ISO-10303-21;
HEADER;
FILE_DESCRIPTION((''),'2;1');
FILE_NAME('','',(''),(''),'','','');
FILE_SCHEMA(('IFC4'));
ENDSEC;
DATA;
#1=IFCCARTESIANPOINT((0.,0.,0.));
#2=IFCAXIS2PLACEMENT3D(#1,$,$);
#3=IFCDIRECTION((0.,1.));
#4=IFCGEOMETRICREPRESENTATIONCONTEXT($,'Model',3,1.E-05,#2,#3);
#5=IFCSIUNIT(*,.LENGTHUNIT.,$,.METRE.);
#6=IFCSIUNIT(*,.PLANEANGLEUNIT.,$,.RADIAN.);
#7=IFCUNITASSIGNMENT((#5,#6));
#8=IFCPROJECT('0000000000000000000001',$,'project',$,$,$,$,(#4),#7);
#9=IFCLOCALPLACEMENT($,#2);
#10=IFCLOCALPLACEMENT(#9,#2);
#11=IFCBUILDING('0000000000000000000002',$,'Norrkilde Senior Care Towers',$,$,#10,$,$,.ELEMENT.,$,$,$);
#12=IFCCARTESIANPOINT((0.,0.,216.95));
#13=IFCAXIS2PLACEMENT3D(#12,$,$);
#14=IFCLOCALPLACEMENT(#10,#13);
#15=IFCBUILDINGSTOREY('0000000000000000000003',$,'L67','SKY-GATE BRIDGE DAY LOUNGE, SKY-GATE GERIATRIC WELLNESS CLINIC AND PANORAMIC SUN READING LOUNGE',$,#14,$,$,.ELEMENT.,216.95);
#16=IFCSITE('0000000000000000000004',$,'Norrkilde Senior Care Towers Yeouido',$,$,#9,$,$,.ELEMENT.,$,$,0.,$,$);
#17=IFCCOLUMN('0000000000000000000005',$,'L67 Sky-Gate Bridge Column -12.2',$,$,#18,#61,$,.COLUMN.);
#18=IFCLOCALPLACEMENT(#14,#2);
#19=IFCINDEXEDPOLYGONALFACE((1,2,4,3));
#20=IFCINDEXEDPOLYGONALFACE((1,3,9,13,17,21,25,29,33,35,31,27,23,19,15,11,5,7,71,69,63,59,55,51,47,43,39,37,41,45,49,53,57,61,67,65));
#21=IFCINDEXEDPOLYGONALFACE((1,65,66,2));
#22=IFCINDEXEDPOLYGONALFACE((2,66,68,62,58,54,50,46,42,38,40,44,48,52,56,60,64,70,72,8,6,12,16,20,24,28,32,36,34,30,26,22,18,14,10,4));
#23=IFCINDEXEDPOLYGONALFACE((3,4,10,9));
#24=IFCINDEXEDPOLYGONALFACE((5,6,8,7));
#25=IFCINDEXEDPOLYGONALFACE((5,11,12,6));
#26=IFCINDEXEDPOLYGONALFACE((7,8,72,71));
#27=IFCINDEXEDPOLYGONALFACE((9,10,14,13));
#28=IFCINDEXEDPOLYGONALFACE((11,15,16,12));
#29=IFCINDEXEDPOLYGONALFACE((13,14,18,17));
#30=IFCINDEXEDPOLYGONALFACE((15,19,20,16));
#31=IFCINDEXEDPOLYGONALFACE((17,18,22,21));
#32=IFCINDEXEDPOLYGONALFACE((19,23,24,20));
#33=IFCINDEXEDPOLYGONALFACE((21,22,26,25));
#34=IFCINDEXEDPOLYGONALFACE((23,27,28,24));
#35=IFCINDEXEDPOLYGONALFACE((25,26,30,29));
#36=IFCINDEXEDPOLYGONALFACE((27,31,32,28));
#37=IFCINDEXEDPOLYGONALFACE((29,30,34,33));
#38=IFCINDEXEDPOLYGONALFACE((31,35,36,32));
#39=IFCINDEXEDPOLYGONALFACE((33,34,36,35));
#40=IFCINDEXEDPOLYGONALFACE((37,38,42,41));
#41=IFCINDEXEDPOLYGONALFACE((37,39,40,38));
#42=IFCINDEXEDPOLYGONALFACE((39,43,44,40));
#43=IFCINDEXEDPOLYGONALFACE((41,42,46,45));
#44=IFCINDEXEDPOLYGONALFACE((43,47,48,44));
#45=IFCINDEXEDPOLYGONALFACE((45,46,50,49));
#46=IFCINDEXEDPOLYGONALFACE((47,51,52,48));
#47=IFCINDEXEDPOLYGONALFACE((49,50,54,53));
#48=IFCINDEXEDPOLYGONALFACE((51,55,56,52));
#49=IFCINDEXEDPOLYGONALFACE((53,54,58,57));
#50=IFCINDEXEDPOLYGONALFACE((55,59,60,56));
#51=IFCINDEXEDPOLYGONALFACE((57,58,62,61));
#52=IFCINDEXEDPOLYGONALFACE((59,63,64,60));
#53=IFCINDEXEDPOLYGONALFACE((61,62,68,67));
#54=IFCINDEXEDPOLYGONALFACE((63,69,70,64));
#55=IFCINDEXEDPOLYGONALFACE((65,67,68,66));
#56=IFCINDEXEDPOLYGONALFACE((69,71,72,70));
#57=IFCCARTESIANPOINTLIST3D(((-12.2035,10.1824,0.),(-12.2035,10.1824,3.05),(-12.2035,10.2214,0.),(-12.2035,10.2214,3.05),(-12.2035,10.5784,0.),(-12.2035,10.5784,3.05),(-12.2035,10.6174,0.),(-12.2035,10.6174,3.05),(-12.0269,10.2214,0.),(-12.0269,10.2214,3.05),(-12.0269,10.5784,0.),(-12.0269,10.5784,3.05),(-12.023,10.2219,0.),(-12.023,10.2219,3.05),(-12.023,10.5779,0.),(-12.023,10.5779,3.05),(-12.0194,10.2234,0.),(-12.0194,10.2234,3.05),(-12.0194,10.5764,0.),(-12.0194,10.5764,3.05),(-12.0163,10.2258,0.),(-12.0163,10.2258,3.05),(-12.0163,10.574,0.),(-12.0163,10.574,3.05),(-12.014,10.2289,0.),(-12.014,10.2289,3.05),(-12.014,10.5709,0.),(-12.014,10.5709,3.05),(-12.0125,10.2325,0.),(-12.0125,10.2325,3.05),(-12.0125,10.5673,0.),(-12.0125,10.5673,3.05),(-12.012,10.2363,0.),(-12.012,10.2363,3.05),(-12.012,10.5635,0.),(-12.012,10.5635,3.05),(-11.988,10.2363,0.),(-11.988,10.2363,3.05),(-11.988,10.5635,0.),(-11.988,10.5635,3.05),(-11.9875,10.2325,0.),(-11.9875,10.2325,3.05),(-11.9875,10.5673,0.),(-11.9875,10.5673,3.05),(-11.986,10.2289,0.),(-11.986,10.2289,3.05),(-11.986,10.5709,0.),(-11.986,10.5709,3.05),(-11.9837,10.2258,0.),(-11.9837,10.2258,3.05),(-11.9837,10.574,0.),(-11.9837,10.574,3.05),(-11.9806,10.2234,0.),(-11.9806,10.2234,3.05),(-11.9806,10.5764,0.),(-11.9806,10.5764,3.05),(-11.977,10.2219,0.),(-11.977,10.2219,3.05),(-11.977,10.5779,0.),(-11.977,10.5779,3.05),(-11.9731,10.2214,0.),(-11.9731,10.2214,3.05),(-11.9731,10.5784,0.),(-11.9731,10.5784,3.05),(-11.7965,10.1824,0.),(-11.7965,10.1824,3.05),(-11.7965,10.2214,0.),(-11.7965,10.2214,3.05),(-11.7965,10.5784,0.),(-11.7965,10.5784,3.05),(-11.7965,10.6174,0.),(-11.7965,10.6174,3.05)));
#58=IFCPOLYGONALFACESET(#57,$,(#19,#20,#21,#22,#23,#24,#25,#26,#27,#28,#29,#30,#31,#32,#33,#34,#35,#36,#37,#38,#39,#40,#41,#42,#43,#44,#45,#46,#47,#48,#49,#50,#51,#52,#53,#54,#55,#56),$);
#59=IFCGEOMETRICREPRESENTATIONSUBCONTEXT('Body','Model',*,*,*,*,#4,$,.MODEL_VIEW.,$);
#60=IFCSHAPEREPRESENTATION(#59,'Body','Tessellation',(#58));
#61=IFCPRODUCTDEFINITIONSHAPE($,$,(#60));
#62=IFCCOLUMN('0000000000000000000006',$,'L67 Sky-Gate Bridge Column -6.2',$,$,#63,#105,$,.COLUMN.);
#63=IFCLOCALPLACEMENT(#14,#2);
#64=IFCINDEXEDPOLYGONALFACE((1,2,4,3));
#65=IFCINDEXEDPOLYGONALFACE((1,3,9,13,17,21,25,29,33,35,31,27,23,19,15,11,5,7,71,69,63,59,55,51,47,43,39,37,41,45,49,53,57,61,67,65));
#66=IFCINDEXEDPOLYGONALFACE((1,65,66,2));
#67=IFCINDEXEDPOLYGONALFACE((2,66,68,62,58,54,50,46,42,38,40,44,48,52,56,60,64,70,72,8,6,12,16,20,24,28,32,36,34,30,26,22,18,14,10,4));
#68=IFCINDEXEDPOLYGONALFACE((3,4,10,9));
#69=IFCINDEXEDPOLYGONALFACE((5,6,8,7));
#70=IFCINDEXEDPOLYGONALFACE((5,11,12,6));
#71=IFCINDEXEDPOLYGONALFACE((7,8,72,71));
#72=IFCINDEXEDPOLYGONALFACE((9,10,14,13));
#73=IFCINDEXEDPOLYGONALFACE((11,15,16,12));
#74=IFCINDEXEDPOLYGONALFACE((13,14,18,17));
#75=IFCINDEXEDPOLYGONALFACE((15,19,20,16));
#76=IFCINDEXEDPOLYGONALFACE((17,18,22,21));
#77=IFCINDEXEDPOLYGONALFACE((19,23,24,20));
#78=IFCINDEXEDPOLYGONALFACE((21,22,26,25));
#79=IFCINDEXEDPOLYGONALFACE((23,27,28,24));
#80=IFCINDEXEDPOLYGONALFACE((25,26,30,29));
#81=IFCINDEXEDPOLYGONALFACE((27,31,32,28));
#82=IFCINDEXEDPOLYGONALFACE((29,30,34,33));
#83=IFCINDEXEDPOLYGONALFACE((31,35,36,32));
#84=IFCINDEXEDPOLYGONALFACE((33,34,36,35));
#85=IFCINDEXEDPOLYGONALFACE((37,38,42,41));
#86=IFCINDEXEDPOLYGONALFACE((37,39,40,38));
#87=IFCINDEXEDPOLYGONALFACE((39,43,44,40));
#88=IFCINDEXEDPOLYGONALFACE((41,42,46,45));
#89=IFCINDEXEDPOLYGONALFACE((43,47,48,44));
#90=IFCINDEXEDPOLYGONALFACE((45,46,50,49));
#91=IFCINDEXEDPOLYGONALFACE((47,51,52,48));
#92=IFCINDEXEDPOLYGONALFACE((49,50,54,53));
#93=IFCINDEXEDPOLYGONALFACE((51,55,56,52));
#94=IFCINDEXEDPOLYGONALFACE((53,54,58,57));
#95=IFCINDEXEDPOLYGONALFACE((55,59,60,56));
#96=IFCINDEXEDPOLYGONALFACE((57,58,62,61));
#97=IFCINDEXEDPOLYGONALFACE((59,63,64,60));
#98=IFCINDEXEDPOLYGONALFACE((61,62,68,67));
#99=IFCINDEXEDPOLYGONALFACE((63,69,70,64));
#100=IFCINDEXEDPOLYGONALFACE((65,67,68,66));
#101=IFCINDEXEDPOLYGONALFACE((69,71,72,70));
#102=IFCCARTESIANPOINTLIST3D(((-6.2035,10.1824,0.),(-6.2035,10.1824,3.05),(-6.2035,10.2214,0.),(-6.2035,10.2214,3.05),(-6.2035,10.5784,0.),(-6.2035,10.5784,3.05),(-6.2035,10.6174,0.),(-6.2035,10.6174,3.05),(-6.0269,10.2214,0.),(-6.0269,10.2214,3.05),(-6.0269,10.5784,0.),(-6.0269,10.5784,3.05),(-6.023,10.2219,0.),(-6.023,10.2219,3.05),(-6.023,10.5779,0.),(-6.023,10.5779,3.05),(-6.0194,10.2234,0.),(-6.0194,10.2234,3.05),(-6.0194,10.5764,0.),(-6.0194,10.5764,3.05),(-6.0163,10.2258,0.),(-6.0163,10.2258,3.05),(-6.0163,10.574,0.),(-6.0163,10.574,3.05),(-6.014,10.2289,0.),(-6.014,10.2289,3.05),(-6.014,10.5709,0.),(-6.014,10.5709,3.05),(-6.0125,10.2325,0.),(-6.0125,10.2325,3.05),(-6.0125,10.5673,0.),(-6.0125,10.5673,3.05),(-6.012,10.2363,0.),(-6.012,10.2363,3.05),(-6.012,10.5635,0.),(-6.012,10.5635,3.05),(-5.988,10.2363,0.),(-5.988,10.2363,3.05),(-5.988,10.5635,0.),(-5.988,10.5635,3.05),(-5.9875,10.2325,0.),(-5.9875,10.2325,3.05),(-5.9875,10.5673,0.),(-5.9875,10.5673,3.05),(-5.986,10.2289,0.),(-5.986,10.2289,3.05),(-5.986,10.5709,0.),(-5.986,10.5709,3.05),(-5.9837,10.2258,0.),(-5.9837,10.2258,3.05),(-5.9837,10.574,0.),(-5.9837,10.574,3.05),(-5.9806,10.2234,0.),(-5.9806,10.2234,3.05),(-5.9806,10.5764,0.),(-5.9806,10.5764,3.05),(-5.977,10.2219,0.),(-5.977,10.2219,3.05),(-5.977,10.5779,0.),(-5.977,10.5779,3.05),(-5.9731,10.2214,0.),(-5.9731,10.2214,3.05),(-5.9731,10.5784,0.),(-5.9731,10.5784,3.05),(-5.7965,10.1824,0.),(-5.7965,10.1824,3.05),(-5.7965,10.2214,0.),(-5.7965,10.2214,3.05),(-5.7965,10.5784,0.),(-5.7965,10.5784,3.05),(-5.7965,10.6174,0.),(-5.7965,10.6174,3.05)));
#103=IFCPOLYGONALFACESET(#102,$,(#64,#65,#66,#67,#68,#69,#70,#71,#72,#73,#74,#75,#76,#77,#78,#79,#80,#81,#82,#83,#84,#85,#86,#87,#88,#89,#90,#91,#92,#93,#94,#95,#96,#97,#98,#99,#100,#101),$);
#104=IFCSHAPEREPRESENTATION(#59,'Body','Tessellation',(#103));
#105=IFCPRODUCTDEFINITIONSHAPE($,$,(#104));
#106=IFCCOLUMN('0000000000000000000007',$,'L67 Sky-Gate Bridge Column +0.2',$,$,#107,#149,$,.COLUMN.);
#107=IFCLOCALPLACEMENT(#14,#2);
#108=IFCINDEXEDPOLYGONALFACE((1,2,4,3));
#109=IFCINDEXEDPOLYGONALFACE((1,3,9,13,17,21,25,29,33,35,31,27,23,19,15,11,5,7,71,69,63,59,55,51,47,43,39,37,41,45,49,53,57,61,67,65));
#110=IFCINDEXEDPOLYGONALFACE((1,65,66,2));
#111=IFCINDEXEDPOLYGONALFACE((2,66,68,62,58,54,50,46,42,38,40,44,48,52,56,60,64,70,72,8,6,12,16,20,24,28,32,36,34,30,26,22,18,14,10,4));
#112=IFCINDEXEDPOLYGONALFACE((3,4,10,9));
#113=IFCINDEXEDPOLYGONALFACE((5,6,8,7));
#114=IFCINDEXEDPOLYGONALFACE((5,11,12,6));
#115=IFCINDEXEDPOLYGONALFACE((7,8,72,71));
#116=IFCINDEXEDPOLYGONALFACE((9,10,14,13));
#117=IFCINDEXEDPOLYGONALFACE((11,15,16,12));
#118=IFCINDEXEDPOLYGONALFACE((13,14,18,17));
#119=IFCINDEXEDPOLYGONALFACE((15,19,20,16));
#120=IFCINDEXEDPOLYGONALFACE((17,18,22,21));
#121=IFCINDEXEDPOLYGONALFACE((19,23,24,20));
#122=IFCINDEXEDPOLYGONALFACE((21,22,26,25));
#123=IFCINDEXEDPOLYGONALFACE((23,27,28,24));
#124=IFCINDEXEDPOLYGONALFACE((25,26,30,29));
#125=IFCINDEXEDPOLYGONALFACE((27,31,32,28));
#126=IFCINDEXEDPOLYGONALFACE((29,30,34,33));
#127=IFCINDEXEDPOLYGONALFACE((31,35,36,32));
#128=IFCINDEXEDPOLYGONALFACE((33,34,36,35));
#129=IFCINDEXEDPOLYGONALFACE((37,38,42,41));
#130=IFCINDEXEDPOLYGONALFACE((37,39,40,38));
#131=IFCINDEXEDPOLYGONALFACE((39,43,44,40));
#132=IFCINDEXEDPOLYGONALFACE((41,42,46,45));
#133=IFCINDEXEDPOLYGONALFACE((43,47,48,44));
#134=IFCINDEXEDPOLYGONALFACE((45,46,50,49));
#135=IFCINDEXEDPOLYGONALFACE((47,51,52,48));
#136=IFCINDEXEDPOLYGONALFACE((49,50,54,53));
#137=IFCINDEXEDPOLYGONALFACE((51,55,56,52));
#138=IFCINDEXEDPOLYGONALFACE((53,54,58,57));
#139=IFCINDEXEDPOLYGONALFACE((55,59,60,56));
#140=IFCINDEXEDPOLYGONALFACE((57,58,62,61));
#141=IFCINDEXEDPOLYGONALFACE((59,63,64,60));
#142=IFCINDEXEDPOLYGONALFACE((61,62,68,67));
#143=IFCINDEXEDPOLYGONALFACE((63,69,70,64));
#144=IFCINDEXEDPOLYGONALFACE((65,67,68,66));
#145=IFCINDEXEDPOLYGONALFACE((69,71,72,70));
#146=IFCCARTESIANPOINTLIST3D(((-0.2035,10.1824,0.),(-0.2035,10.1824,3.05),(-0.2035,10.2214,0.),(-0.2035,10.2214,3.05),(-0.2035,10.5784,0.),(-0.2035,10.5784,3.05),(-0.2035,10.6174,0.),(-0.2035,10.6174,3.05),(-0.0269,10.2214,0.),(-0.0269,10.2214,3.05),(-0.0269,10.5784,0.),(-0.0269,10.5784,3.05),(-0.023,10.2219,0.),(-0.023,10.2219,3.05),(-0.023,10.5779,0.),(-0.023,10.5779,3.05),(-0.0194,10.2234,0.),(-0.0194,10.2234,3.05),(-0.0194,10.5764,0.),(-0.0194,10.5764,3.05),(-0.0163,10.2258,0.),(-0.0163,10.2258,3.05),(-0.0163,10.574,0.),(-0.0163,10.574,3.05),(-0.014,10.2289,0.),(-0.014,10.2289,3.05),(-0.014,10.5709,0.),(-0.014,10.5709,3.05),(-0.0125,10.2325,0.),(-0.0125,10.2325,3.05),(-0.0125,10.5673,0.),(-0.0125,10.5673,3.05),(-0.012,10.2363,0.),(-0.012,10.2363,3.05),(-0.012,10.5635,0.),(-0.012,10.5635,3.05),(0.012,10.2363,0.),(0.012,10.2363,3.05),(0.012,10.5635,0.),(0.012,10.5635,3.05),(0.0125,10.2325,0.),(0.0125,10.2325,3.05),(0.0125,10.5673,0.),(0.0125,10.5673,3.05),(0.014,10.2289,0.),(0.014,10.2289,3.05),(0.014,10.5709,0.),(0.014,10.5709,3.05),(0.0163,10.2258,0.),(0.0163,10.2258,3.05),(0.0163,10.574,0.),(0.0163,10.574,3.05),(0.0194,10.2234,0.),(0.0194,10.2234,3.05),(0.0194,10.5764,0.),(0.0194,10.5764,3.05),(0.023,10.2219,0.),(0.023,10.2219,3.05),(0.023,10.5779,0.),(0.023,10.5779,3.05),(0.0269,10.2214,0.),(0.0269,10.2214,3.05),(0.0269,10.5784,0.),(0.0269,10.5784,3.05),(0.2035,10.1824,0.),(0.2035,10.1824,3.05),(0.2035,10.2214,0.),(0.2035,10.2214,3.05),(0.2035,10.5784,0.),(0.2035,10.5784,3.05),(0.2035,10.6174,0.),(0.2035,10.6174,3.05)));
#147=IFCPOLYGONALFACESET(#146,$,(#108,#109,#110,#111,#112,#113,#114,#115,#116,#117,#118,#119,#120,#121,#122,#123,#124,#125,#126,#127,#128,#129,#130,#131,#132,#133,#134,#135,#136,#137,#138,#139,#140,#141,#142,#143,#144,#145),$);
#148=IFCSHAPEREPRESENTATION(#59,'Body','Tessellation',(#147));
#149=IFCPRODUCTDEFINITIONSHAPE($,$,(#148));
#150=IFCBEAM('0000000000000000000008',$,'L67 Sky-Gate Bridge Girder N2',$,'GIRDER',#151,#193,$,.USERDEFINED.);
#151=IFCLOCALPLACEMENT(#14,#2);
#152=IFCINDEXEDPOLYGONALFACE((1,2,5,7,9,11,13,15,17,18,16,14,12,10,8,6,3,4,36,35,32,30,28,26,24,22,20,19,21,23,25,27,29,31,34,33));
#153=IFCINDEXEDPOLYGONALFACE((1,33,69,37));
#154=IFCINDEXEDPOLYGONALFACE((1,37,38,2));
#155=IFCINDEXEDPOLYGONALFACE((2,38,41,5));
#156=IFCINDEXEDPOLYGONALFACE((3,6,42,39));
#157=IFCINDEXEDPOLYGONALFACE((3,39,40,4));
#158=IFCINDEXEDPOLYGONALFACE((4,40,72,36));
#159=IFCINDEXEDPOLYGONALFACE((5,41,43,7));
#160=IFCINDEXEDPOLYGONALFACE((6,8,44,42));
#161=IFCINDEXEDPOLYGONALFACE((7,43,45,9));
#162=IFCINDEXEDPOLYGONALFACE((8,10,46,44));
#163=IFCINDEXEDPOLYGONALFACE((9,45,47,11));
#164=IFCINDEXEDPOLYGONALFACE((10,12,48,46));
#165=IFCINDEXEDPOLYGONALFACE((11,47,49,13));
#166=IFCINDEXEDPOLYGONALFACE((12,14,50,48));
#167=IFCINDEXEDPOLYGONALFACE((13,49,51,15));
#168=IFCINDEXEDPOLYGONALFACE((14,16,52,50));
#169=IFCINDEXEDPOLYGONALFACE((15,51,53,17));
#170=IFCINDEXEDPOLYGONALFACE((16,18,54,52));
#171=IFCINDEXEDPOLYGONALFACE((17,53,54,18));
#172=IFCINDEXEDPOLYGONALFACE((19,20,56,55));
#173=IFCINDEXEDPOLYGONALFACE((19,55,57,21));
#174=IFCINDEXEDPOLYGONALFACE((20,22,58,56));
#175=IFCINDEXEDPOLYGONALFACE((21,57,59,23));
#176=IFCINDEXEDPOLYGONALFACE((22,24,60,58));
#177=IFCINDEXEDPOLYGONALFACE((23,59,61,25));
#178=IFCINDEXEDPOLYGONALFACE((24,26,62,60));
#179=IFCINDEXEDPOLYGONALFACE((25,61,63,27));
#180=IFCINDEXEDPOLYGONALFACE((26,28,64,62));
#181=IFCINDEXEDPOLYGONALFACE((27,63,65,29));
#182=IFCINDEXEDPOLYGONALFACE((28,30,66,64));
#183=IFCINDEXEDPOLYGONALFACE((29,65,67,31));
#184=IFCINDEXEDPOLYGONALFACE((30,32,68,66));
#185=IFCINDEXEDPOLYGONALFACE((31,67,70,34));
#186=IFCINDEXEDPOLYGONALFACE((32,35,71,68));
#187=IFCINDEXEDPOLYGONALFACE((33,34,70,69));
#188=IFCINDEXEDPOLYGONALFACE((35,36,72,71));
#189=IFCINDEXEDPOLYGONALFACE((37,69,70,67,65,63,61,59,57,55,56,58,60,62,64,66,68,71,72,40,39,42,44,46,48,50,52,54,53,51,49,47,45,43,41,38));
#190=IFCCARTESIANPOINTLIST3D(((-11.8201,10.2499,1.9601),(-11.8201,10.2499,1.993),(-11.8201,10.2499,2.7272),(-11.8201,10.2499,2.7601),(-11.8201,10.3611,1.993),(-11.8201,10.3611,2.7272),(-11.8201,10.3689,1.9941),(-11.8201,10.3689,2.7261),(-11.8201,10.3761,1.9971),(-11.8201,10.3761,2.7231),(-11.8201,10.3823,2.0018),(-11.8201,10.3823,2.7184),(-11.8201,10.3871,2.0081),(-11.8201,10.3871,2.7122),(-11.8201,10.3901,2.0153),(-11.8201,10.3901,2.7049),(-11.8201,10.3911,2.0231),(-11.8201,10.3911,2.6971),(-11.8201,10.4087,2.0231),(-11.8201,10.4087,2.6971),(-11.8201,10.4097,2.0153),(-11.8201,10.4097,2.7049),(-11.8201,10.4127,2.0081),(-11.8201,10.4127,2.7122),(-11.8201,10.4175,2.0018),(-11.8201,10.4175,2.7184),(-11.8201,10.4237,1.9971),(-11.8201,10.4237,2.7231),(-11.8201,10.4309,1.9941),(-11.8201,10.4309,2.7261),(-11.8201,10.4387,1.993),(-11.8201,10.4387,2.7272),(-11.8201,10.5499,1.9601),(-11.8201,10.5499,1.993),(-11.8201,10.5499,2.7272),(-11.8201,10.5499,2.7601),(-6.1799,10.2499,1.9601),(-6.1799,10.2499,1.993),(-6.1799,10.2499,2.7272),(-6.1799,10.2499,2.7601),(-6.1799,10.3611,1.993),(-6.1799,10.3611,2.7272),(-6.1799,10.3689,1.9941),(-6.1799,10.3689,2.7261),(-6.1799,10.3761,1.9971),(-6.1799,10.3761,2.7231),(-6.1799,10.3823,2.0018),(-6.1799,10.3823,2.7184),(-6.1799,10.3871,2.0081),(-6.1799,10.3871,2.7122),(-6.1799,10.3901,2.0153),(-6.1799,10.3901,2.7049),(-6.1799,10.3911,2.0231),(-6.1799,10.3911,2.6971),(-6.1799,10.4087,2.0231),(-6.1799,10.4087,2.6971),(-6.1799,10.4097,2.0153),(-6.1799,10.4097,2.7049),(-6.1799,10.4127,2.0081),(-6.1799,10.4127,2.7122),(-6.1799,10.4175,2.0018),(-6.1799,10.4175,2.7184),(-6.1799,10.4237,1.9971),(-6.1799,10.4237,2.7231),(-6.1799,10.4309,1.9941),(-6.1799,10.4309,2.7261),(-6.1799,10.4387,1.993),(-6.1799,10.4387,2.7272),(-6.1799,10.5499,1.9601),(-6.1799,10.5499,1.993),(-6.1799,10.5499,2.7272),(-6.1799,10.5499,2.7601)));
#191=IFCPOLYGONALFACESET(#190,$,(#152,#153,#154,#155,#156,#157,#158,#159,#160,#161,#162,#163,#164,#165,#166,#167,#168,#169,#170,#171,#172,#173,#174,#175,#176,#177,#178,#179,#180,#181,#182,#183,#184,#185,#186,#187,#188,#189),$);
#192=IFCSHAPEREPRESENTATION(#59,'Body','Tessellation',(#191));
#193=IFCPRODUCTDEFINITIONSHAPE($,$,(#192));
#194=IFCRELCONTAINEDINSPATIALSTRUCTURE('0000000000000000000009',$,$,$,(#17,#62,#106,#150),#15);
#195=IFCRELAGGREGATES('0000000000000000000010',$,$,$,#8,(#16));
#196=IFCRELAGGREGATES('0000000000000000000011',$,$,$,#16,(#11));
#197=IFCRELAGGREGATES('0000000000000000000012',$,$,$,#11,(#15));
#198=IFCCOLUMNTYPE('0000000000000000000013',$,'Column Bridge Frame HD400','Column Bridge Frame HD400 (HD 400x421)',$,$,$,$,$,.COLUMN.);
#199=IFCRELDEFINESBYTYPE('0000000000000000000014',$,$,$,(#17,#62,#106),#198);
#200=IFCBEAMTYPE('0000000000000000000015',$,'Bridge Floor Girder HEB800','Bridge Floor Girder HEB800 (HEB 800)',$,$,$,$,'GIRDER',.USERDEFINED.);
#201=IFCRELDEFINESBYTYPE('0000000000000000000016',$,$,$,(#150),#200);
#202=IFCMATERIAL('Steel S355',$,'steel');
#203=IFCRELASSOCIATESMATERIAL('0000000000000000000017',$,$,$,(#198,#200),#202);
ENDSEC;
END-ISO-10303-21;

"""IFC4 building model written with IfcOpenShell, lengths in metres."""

from ifc_helpers import new_model, si_unit, direction, frame, origin, origin_2d, place, context, subcontext, project, spatial, i_section, extrude, source, transform, mapped, material, material_profile, profile_set, type_object, type_shapes, element, save


model = new_model("IFC4")

# Units and contexts
model_context = context("Model", 3, precision=1e-05, world=origin(), true_north=direction((0.0, 1.0)))
body_context = subcontext(model_context, "Body", "Model", "MODEL_VIEW")
ifc_project = project(units=[si_unit("LENGTHUNIT", "METRE"), si_unit("PLANEANGLEUNIT", "RADIAN")], contexts=[model_context])

# Site, building, storey
site_placement = place(None, origin())
site = spatial("IfcSite", under=ifc_project, at=site_placement, Name="Norrkilde Senior Care Towers Yeouido", CompositionType="ELEMENT", RefElevation=0.0)
building_placement = place(site_placement, origin())
building = spatial("IfcBuilding", under=site, at=building_placement, Name="Norrkilde Senior Care Towers", CompositionType="ELEMENT")
storey_placement = place(building_placement, frame((0.0, 0.0, 216.95)))
storey = spatial("IfcBuildingStorey", under=building, at=storey_placement, Name="L67", Description="SKY-GATE BRIDGE DAY LOUNGE, SKY-GATE GERIATRIC WELLNESS CLINIC AND PANORAMIC SUN READING LOUNGE", CompositionType="ELEMENT", Elevation=216.95)

# Columns
ifc_material_1 = material(Name="Steel S355", Category="steel")
ifc_material_profile_1 = material_profile(ifc_material_1, i_section(OverallWidth=0.407, OverallDepth=0.4351, WebThickness=0.0239, FlangeThickness=0.0391, FilletRadius=0.0149, at=origin_2d()), Name="HD 400x421")
ifc_profile_set_1 = profile_set([ifc_material_profile_1], Name="Steel S355")
column_type = type_object("IfcColumnType", Name="Column Bridge Frame HD400", Description="Column Bridge Frame HD400 (HD 400x421)", PredefinedType="COLUMN", material=ifc_profile_set_1)
shared_shape_1 = source(origin(), body_context, "Body", "SweptSolid", [
    extrude(i_section(OverallWidth=0.407, OverallDepth=0.4351, WebThickness=0.0239, FlangeThickness=0.0391, FilletRadius=0.0149, at=origin_2d()), origin(), (0.0, 0.0, 1.0), 3.05),
])
type_shapes(column_type, [shared_shape_1])
for number, where, z_axis, x_axis, name in (
    (1, (-12.0, 10.3999, 0.0), (0.0, 0.0, 1.0), (1.0, 0.0, 0.0), "L67 Sky-Gate Bridge Column -12.2"),
    (2, (-6.0, 10.3999, 0.0), (0.0, 0.0, 1.0), (1.0, 0.0, 0.0), "L67 Sky-Gate Bridge Column -6.2"),
    (3, (0.0, 10.3999, 0.0), (0.0, 0.0, 1.0), (1.0, 0.0, 0.0), "L67 Sky-Gate Bridge Column +0.2"),
):
    element("IfcColumn", number, at=place(storey_placement, frame(where, z_axis=z_axis, x_axis=x_axis)), inside=storey, type_object=column_type, Name=name, PredefinedType="COLUMN", context=body_context, shape_type="MappedRepresentation", body=[
        mapped(shared_shape_1, transform((0.0, 0.0, 0.0), x_axis=(1.0, 0.0, 0.0), y_axis=(0.0, 1.0, 0.0), z_axis=(0.0, 0.0, 1.0), scale=1.0)),
    ])

# Beam
ifc_material_profile_2 = material_profile(ifc_material_1, i_section(OverallWidth=0.3, OverallDepth=0.8, WebThickness=0.0176, FlangeThickness=0.033, FilletRadius=0.03, at=origin_2d()), Name="HEB 800")
ifc_profile_set_2 = profile_set([ifc_material_profile_2], Name="Steel S355")
beam_type_1 = type_object("IfcBeamType", Name="Bridge Floor Girder HEB800", Description="Bridge Floor Girder HEB800 (HEB 800)", ElementType="GIRDER", PredefinedType="USERDEFINED", material=ifc_profile_set_2)
shared_shape_2 = source(origin(), body_context, "Body", "SweptSolid", [
    extrude(i_section(OverallWidth=0.3, OverallDepth=0.8, WebThickness=0.0176, FlangeThickness=0.033, FilletRadius=0.03, at=origin_2d()), origin(), (0.0, 0.0, 1.0), 5.6401),
])
type_shapes(beam_type_1, [shared_shape_2])
for number, where, z_axis, x_axis, name in (
    (4, (-11.8201, 10.3999, 2.3601), (1.0, 0.0, 0.0), (0.0, 1.0, 0.0), "L67 Sky-Gate Bridge Girder N2"),
):
    element("IfcBeam", number, at=place(storey_placement, frame(where, z_axis=z_axis, x_axis=x_axis)), inside=storey, type_object=beam_type_1, Name=name, ObjectType="GIRDER", PredefinedType="USERDEFINED", context=body_context, shape_type="MappedRepresentation", body=[
        mapped(shared_shape_2, transform((0.0, 0.0, 0.0), x_axis=(1.0, 0.0, 0.0), y_axis=(0.0, 1.0, 0.0), z_axis=(0.0, 0.0, 1.0), scale=1.0)),
    ])

save(model, "model.ifc")
